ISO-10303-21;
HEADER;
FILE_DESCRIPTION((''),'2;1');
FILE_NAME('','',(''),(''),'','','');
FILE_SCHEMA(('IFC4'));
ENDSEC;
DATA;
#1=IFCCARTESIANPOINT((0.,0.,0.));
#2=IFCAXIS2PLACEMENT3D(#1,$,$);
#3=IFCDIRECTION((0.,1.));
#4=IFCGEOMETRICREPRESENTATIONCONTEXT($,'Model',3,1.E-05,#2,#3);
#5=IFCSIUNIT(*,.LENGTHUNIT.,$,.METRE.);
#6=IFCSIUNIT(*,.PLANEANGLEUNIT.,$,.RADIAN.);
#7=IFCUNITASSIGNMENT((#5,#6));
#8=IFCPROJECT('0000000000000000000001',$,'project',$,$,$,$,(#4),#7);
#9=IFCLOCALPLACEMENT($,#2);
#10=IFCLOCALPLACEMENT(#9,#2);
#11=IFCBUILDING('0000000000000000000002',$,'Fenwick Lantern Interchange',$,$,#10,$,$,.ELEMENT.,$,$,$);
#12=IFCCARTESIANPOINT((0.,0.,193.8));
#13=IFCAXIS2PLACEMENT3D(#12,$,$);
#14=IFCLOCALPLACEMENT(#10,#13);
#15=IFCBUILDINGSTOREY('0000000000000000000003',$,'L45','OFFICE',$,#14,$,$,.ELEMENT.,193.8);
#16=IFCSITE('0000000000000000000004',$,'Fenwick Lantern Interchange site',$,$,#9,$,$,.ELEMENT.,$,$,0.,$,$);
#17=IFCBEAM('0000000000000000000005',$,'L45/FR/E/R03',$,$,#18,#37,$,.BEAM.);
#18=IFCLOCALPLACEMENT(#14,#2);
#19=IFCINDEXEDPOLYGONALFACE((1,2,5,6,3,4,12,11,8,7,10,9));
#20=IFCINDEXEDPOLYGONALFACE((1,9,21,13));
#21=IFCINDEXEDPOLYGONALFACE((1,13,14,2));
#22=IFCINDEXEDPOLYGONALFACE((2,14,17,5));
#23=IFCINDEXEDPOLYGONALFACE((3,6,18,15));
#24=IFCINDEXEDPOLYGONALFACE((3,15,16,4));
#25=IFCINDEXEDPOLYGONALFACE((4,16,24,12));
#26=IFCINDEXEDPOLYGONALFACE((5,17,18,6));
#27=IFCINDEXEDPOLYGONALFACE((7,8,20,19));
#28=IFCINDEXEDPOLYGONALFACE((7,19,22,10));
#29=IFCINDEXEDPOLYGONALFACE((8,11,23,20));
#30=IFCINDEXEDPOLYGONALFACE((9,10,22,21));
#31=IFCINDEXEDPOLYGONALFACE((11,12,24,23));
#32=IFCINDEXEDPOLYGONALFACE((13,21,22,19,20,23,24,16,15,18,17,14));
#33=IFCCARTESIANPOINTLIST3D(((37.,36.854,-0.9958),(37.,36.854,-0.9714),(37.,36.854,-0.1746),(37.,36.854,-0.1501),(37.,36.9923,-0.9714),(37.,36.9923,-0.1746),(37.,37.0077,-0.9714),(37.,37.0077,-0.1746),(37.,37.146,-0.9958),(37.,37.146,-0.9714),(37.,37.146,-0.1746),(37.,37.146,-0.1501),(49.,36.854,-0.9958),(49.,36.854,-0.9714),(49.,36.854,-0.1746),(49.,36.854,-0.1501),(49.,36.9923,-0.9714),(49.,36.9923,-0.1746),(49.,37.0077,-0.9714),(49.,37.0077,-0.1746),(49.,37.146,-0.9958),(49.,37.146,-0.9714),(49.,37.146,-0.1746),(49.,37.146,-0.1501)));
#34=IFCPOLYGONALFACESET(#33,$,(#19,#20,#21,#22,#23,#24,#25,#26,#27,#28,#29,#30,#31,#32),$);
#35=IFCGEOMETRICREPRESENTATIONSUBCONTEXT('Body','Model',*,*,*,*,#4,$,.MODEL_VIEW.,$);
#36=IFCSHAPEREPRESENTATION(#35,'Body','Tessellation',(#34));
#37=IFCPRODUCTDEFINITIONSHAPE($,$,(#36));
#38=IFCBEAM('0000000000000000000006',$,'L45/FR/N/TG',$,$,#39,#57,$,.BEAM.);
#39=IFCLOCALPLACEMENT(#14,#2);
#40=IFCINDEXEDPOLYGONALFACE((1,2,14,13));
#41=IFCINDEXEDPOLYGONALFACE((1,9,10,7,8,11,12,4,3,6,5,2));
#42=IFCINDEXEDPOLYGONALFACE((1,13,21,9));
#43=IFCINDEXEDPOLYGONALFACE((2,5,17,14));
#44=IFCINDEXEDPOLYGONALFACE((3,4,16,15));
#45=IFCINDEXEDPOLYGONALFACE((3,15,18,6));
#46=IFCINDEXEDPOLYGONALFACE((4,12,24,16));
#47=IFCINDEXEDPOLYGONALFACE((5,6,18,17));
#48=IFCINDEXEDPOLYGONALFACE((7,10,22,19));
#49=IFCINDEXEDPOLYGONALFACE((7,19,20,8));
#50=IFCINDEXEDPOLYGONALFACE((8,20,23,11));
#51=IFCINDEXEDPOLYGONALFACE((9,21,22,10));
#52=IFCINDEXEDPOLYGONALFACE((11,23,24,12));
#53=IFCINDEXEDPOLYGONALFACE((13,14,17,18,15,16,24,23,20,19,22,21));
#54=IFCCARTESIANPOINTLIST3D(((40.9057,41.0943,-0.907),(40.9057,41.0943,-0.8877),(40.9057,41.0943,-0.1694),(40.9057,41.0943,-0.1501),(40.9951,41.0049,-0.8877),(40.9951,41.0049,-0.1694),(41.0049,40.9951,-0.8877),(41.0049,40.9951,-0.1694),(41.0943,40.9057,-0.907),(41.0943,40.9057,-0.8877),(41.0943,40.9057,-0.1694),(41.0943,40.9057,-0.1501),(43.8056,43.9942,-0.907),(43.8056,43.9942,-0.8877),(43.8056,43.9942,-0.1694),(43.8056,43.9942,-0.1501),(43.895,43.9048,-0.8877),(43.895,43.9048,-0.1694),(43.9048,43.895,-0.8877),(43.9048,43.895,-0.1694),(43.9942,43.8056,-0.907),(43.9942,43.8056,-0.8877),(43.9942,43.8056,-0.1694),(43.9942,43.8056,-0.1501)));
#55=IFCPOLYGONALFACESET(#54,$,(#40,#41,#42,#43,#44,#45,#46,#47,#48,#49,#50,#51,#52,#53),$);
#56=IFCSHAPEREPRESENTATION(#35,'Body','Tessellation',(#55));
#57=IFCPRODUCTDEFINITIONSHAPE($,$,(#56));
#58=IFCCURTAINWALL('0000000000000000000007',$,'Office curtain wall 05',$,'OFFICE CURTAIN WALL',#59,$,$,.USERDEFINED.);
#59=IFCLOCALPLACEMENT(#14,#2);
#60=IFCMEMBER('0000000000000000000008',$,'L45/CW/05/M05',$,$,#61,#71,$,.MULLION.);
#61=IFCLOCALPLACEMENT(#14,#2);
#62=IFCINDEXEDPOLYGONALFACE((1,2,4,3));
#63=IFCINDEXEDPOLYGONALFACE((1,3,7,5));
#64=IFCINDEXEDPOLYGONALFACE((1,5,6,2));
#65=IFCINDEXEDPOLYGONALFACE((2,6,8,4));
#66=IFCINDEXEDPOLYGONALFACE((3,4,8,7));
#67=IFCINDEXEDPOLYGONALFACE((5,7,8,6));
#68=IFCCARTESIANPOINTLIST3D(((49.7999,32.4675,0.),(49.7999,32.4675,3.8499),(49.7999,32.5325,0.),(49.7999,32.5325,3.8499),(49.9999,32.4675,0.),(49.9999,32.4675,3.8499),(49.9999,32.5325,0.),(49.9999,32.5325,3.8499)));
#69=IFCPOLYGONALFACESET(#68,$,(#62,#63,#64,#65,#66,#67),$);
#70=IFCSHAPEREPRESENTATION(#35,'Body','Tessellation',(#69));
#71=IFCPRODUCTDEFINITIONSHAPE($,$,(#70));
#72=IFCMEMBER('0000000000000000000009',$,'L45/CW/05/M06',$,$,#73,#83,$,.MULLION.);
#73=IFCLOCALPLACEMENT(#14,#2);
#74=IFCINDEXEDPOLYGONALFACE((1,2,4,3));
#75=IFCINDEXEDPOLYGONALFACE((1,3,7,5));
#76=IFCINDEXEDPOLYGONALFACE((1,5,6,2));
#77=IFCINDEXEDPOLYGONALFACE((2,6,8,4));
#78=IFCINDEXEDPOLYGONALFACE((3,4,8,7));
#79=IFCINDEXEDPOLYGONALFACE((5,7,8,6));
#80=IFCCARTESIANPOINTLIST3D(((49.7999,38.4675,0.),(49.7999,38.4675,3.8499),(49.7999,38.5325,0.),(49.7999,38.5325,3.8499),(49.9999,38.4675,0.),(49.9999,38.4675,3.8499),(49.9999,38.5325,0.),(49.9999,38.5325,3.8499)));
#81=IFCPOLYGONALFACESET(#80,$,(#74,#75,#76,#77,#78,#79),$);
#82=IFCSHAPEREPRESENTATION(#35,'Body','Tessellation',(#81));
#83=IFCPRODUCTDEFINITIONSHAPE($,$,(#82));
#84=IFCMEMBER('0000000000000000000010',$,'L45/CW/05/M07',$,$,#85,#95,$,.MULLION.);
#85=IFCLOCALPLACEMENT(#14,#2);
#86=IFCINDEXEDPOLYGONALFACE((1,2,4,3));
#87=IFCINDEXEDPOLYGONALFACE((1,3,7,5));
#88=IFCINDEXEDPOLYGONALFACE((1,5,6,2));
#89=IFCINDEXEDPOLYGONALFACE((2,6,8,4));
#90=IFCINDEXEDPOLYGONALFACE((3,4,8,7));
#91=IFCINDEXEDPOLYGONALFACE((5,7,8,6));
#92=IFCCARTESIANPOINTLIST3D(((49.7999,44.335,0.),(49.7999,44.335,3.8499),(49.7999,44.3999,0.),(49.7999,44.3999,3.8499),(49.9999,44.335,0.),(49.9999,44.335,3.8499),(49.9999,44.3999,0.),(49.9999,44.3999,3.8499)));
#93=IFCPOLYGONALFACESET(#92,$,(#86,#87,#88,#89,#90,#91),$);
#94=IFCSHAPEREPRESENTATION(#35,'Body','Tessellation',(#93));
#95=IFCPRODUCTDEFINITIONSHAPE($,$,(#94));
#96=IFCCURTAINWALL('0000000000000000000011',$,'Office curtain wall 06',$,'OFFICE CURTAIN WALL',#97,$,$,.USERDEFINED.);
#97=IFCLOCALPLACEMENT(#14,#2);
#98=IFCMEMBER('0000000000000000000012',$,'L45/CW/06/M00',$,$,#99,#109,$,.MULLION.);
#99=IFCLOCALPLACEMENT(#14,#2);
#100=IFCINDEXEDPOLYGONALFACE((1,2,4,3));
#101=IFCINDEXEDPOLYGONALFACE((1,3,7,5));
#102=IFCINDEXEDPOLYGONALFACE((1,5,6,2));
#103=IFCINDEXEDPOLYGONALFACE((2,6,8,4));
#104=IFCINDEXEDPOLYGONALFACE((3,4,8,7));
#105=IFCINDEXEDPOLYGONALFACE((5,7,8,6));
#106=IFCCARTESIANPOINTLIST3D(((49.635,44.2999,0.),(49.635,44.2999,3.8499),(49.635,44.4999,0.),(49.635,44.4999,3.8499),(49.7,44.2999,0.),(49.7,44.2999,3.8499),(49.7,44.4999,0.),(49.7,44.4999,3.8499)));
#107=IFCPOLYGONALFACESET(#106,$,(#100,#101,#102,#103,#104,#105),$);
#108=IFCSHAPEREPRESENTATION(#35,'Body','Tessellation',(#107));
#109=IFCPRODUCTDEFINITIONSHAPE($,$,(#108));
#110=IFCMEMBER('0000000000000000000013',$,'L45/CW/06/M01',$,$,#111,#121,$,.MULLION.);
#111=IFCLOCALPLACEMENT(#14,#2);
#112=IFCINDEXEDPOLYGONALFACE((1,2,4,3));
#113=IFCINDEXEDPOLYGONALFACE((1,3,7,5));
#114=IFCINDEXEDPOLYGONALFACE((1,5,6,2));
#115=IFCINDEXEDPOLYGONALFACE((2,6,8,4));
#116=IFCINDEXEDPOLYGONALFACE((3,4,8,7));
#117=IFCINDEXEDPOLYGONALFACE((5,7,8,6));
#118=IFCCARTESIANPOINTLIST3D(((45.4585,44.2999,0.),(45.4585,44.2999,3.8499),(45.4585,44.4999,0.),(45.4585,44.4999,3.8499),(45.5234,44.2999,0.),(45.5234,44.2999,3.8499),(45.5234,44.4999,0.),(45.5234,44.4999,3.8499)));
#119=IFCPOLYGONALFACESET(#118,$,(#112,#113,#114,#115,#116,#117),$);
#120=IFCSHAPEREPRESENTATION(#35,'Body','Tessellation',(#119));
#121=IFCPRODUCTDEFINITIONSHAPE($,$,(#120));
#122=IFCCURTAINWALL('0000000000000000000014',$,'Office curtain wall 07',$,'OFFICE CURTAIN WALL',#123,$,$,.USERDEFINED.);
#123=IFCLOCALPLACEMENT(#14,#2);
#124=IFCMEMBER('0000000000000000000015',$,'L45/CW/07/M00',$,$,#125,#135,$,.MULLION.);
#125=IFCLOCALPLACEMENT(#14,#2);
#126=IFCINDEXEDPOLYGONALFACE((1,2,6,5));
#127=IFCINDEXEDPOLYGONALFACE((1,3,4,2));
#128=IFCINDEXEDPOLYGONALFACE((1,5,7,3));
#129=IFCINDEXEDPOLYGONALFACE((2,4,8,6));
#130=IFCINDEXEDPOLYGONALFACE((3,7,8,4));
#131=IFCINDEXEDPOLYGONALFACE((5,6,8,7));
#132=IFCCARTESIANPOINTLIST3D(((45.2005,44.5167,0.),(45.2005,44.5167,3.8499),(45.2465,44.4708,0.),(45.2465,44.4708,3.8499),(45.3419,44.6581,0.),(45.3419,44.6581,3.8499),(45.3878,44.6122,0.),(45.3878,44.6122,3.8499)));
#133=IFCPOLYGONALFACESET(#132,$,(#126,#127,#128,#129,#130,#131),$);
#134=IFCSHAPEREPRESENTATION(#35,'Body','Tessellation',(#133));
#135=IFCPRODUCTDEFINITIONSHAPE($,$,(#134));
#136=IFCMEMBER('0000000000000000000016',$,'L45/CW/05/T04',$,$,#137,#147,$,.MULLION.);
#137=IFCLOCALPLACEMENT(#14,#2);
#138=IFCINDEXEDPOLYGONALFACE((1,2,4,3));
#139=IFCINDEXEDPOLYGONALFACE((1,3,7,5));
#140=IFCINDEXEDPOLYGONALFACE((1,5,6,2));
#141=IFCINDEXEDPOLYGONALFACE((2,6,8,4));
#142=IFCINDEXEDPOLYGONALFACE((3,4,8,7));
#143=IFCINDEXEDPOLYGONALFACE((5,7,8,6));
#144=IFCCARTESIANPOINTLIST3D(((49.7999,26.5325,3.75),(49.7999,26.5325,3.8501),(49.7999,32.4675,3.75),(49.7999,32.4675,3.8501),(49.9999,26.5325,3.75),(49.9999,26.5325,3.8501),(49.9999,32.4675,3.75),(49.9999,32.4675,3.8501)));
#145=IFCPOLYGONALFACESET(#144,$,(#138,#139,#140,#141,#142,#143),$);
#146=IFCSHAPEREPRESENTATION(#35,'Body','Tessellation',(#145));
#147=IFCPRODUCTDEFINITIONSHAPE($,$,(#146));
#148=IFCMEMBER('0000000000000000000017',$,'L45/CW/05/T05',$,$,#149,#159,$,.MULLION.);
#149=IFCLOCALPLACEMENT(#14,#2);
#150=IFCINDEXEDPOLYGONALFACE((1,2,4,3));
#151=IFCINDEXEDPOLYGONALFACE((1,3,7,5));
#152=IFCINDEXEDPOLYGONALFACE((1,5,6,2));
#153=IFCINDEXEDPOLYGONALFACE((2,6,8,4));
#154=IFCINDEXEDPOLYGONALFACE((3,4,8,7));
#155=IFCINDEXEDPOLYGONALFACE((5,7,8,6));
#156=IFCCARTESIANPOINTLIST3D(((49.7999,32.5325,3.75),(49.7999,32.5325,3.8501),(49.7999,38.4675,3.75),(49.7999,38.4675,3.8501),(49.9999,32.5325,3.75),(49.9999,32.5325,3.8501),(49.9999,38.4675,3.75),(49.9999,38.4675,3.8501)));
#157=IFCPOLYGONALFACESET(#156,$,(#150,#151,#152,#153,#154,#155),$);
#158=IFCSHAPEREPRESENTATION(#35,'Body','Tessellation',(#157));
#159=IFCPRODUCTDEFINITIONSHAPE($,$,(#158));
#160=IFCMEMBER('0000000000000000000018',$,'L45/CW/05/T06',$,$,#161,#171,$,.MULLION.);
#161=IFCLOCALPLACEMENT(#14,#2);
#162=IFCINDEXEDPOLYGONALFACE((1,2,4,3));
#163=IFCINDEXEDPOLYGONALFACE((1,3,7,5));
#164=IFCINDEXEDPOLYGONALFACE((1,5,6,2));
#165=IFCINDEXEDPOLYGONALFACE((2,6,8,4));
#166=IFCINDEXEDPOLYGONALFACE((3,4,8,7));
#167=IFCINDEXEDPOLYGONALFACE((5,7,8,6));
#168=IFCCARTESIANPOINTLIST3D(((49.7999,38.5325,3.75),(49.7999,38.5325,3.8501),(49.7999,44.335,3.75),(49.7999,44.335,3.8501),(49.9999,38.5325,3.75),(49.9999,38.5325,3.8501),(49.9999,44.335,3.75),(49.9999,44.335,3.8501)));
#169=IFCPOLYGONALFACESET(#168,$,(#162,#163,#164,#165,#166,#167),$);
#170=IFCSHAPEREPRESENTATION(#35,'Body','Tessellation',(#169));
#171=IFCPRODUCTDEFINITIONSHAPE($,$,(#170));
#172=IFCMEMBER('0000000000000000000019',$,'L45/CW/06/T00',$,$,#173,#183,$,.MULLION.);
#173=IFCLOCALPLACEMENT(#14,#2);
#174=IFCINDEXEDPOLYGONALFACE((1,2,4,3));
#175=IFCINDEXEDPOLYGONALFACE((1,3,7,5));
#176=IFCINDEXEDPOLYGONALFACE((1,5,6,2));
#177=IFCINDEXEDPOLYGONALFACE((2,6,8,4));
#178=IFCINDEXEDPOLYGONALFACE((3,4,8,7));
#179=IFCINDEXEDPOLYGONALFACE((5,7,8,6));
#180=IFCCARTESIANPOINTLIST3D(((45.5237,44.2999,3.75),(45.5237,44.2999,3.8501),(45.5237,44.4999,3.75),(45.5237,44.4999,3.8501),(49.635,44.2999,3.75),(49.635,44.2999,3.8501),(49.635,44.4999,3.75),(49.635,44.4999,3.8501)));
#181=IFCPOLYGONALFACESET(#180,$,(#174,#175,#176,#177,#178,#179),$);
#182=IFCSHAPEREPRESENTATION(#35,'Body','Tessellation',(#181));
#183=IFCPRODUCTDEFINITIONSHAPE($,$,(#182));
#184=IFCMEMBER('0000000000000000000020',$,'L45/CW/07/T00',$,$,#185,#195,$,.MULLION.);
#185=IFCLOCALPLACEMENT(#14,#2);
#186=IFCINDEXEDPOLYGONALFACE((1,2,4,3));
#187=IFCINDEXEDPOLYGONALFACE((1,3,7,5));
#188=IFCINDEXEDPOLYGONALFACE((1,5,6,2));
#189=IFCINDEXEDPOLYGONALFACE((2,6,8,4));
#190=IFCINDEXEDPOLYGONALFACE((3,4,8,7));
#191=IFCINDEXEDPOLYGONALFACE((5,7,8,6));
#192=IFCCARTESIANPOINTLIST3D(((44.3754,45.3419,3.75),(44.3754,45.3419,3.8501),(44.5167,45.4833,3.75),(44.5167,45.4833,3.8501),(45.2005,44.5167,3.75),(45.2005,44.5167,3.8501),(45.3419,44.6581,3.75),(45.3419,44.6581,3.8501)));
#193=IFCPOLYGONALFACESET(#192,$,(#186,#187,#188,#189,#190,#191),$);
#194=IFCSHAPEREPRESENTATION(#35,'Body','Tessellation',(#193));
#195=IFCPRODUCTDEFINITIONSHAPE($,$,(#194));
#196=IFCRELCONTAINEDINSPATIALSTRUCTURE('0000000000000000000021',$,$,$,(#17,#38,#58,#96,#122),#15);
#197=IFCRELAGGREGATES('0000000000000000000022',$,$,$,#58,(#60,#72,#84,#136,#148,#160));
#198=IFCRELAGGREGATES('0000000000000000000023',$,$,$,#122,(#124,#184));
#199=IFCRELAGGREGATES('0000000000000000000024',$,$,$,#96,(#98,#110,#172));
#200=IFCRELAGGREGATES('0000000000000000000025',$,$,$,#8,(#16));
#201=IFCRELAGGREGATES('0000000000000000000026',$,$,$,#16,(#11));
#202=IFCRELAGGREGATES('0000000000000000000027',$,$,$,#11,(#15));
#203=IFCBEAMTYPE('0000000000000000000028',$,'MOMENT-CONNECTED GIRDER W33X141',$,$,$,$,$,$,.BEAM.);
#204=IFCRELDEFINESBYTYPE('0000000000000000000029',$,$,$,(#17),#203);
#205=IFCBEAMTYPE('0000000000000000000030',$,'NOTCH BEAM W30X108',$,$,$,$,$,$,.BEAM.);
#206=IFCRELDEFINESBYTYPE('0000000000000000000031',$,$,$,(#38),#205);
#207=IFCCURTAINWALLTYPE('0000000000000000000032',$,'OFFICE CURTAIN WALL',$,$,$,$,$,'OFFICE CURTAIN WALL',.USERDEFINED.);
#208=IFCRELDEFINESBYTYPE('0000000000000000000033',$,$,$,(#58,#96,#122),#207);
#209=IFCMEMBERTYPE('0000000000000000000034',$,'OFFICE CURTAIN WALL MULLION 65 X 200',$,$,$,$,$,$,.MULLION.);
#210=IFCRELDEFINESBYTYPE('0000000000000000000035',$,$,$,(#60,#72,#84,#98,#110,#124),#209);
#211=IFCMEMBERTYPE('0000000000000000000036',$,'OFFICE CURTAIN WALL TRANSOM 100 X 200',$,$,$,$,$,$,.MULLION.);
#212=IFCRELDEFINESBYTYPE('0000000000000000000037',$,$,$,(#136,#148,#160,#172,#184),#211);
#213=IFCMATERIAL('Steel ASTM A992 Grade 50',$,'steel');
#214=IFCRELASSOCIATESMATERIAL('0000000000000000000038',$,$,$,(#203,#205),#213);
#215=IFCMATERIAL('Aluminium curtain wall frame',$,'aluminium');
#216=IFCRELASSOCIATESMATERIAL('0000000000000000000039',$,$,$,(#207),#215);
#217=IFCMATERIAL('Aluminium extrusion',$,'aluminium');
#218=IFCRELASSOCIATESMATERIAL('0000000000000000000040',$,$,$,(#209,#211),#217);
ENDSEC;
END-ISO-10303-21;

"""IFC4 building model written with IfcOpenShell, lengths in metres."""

from ifc_helpers import new_model, si_unit, direction, frame, origin, origin_2d, place, context, subcontext, project, spatial, rectangle, i_section, extrude, material, material_profile, profile_set, type_object, element, aggregate, save


model = new_model("IFC4")

# Units and contexts
model_context = context("Model", 3, precision=1e-05, world=origin(), true_north=direction((0.0, 1.0)))
body_context = subcontext(model_context, "Body", "Model", "MODEL_VIEW")
ifc_project = project(units=[si_unit("LENGTHUNIT", "METRE"), si_unit("PLANEANGLEUNIT", "RADIAN")], contexts=[model_context])

# Site, building, storey
site_placement = place(None, origin())
site = spatial("IfcSite", under=ifc_project, at=site_placement, Name="Fenwick Lantern Interchange site", CompositionType="ELEMENT", RefElevation=0.0)
building_placement = place(site_placement, origin())
building = spatial("IfcBuilding", under=site, at=building_placement, Name="Fenwick Lantern Interchange", CompositionType="ELEMENT")
storey_placement = place(building_placement, frame((0.0, 0.0, 193.8)))
storey = spatial("IfcBuildingStorey", under=building, at=storey_placement, Name="L45", Description="OFFICE", CompositionType="ELEMENT", Elevation=193.8)

# Shared definitions
ifc_material_1 = material(Name="Steel ASTM A992 Grade 50", Category="steel")

# Beams
ifc_material_profile_1 = material_profile(ifc_material_1, i_section(OverallWidth=0.292, OverallDepth=0.8457, WebThickness=0.0154, FlangeThickness=0.0244, at=origin_2d()), Name="W33X141")
ifc_profile_set_1 = profile_set([ifc_material_profile_1], Name="Steel ASTM A992 Grade 50")
beam_type_1 = type_object("IfcBeamType", Name="MOMENT-CONNECTED GIRDER W33X141", PredefinedType="BEAM", material=ifc_profile_set_1)
beam_1_placement = place(storey_placement, frame((49.0, 37.0, -0.573), z_axis=(-1.0, 0.0, 0.0), x_axis=(0.0, -1.0, 0.0)))
element("IfcBeam", 1, at=beam_1_placement, inside=storey, type_object=beam_type_1, Name="L45/FR/E/R03", PredefinedType="BEAM", context=body_context, shape_type="SweptSolid", body=[
    extrude(i_section(OverallWidth=0.292, OverallDepth=0.8457, WebThickness=0.0154, FlangeThickness=0.0244, at=origin_2d()), origin(), (0.0, 0.0, 1.0), 12.0),
])
ifc_material_profile_2 = material_profile(ifc_material_1, i_section(OverallWidth=0.2666, OverallDepth=0.7568, WebThickness=0.0139, FlangeThickness=0.0193, at=origin_2d()), Name="W30X108")
ifc_profile_set_2 = profile_set([ifc_material_profile_2], Name="Steel ASTM A992 Grade 50")
beam_type_2 = type_object("IfcBeamType", Name="NOTCH BEAM W30X108", PredefinedType="BEAM", material=ifc_profile_set_2)
beam_2_placement = place(storey_placement, frame((41.0, 41.0, -0.5286), z_axis=(0.707107, 0.707107, 0.0), x_axis=(-0.707107, 0.707107, 0.0)))
element("IfcBeam", 2, at=beam_2_placement, inside=storey, type_object=beam_type_2, Name="L45/FR/N/TG", PredefinedType="BEAM", context=body_context, shape_type="SweptSolid", body=[
    extrude(i_section(OverallWidth=0.2666, OverallDepth=0.7568, WebThickness=0.0139, FlangeThickness=0.0193, at=origin_2d()), origin(), (0.0, 0.0, 1.0), 4.1011),
])

# Curtain walls, members
ifc_material_2 = material(Name="Aluminium curtain wall frame", Category="aluminium")
curtain_wall_type = type_object("IfcCurtainWallType", Name="OFFICE CURTAIN WALL", ElementType="OFFICE CURTAIN WALL", PredefinedType="USERDEFINED", material=ifc_material_2)
curtain_wall_1_placement = place(storey_placement, origin())
curtain_wall_1 = element("IfcCurtainWall", 3, at=curtain_wall_1_placement, inside=storey, type_object=curtain_wall_type, Name="Office curtain wall 05", ObjectType="OFFICE CURTAIN WALL", PredefinedType="USERDEFINED")
ifc_material_3 = material(Name="Aluminium extrusion", Category="aluminium")
ifc_material_profile_3 = material_profile(ifc_material_3, rectangle(XDim=0.2, YDim=0.0649, at=origin_2d()), Name="OFFICE CURTAIN WALL MULLION 65 X 200")
ifc_profile_set_3 = profile_set([ifc_material_profile_3], Name="Aluminium extrusion")
member_type_1 = type_object("IfcMemberType", Name="OFFICE CURTAIN WALL MULLION 65 X 200", PredefinedType="MULLION", material=ifc_profile_set_3)
member_1_placement = place(storey_placement, frame((49.8999, 32.5, 0.0), z_axis=(0.0, 0.0, 1.0), x_axis=(-1.0, 0.0, 0.0)))
member_1 = element("IfcMember", 4, at=member_1_placement, type_object=member_type_1, Name="L45/CW/05/M05", PredefinedType="MULLION", context=body_context, shape_type="SweptSolid", body=[
    extrude(rectangle(XDim=0.2, YDim=0.0649, at=origin_2d()), origin(), (0.0, 0.0, 1.0), 3.8499),
])
member_2_placement = place(storey_placement, frame((49.8999, 38.5, 0.0), z_axis=(0.0, 0.0, 1.0), x_axis=(-1.0, 0.0, 0.0)))
member_2 = element("IfcMember", 5, at=member_2_placement, type_object=member_type_1, Name="L45/CW/05/M06", PredefinedType="MULLION", context=body_context, shape_type="SweptSolid", body=[
    extrude(rectangle(XDim=0.2, YDim=0.0649, at=origin_2d()), origin(), (0.0, 0.0, 1.0), 3.8499),
])
member_3_placement = place(storey_placement, frame((49.8999, 44.3674, 0.0), z_axis=(0.0, 0.0, 1.0), x_axis=(-1.0, 0.0, 0.0)))
member_3 = element("IfcMember", 6, at=member_3_placement, type_object=member_type_1, Name="L45/CW/05/M07", PredefinedType="MULLION", context=body_context, shape_type="SweptSolid", body=[
    extrude(rectangle(XDim=0.2, YDim=0.0649, at=origin_2d()), origin(), (0.0, 0.0, 1.0), 3.8499),
])
curtain_wall_2_placement = place(storey_placement, origin())
curtain_wall_2 = element("IfcCurtainWall", 7, at=curtain_wall_2_placement, inside=storey, type_object=curtain_wall_type, Name="Office curtain wall 06", ObjectType="OFFICE CURTAIN WALL", PredefinedType="USERDEFINED")
member_4_placement = place(storey_placement, frame((49.6675, 44.3999, 0.0), z_axis=(0.0, 0.0, 1.0), x_axis=(0.0, -1.0, 0.0)))
member_4 = element("IfcMember", 8, at=member_4_placement, type_object=member_type_1, Name="L45/CW/06/M00", PredefinedType="MULLION", context=body_context, shape_type="SweptSolid", body=[
    extrude(rectangle(XDim=0.2, YDim=0.0649, at=origin_2d()), origin(), (0.0, 0.0, 1.0), 3.8499),
])
member_5_placement = place(storey_placement, frame((45.491, 44.3999, 0.0), z_axis=(0.0, 0.0, 1.0), x_axis=(0.0, -1.0, 0.0)))
member_5 = element("IfcMember", 9, at=member_5_placement, type_object=member_type_1, Name="L45/CW/06/M01", PredefinedType="MULLION", context=body_context, shape_type="SweptSolid", body=[
    extrude(rectangle(XDim=0.2, YDim=0.0649, at=origin_2d()), origin(), (0.0, 0.0, 1.0), 3.8499),
])

# Curtain wall, member
curtain_wall_3_placement = place(storey_placement, origin())
curtain_wall_3 = element("IfcCurtainWall", 10, at=curtain_wall_3_placement, inside=storey, type_object=curtain_wall_type, Name="Office curtain wall 07", ObjectType="OFFICE CURTAIN WALL", PredefinedType="USERDEFINED")
member_6_placement = place(storey_placement, frame((45.2942, 44.5645, 0.0), z_axis=(0.0, 0.0, 1.0), x_axis=(-0.707107, -0.707107, 0.0)))
member_6 = element("IfcMember", 11, at=member_6_placement, type_object=member_type_1, Name="L45/CW/07/M00", PredefinedType="MULLION", context=body_context, shape_type="SweptSolid", body=[
    extrude(rectangle(XDim=0.2, YDim=0.0649, at=origin_2d()), origin(), (0.0, 0.0, 1.0), 3.8499),
])

# Members
ifc_material_profile_4 = material_profile(ifc_material_3, rectangle(XDim=0.2, YDim=0.1001, at=origin_2d()), Name="OFFICE CURTAIN WALL TRANSOM 100 X 200")
ifc_profile_set_4 = profile_set([ifc_material_profile_4], Name="Aluminium extrusion")
member_type_2 = type_object("IfcMemberType", Name="OFFICE CURTAIN WALL TRANSOM 100 X 200", PredefinedType="MULLION", material=ifc_profile_set_4)
member_7_placement = place(storey_placement, frame((49.8999, 26.5325, 3.8), z_axis=(0.0, 1.0, 0.0), x_axis=(-1.0, 0.0, 0.0)))
member_7 = element("IfcMember", 12, at=member_7_placement, type_object=member_type_2, Name="L45/CW/05/T04", PredefinedType="MULLION", context=body_context, shape_type="SweptSolid", body=[
    extrude(rectangle(XDim=0.2, YDim=0.1001, at=origin_2d()), origin(), (0.0, 0.0, 1.0), 5.9351),
])
member_8_placement = place(storey_placement, frame((49.8999, 32.5325, 3.8), z_axis=(0.0, 1.0, 0.0), x_axis=(-1.0, 0.0, 0.0)))
member_8 = element("IfcMember", 13, at=member_8_placement, type_object=member_type_2, Name="L45/CW/05/T05", PredefinedType="MULLION", context=body_context, shape_type="SweptSolid", body=[
    extrude(rectangle(XDim=0.2, YDim=0.1001, at=origin_2d()), origin(), (0.0, 0.0, 1.0), 5.9351),
])
member_9_placement = place(storey_placement, frame((49.8999, 38.5325, 3.8), z_axis=(0.0, 1.0, 0.0), x_axis=(-1.0, 0.0, 0.0)))
member_9 = element("IfcMember", 14, at=member_9_placement, type_object=member_type_2, Name="L45/CW/05/T06", PredefinedType="MULLION", context=body_context, shape_type="SweptSolid", body=[
    extrude(rectangle(XDim=0.2, YDim=0.1001, at=origin_2d()), origin(), (0.0, 0.0, 1.0), 5.8025),
])
aggregate(curtain_wall_1, [member_1, member_2, member_3, member_7, member_8, member_9])
member_10_placement = place(storey_placement, frame((49.635, 44.3999, 3.8), z_axis=(-1.0, 0.0, 0.0), x_axis=(0.0, -1.0, 0.0)))
member_10 = element("IfcMember", 15, at=member_10_placement, type_object=member_type_2, Name="L45/CW/06/T00", PredefinedType="MULLION", context=body_context, shape_type="SweptSolid", body=[
    extrude(rectangle(XDim=0.2, YDim=0.1001, at=origin_2d()), origin(), (0.0, 0.0, 1.0), 4.1113),
])
member_11_placement = place(storey_placement, frame((45.2712, 44.5874, 3.8), z_axis=(-0.707107, 0.707107, 0.0), x_axis=(-0.707107, -0.707107, 0.0)))
member_11 = element("IfcMember", 16, at=member_11_placement, type_object=member_type_2, Name="L45/CW/07/T00", PredefinedType="MULLION", context=body_context, shape_type="SweptSolid", body=[
    extrude(rectangle(XDim=0.2, YDim=0.1001, at=origin_2d()), origin(), (0.0, 0.0, 1.0), 1.167),
])
aggregate(curtain_wall_3, [member_6, member_11])

aggregate(curtain_wall_2, [member_4, member_5, member_10])

save(model, "model.ifc")
